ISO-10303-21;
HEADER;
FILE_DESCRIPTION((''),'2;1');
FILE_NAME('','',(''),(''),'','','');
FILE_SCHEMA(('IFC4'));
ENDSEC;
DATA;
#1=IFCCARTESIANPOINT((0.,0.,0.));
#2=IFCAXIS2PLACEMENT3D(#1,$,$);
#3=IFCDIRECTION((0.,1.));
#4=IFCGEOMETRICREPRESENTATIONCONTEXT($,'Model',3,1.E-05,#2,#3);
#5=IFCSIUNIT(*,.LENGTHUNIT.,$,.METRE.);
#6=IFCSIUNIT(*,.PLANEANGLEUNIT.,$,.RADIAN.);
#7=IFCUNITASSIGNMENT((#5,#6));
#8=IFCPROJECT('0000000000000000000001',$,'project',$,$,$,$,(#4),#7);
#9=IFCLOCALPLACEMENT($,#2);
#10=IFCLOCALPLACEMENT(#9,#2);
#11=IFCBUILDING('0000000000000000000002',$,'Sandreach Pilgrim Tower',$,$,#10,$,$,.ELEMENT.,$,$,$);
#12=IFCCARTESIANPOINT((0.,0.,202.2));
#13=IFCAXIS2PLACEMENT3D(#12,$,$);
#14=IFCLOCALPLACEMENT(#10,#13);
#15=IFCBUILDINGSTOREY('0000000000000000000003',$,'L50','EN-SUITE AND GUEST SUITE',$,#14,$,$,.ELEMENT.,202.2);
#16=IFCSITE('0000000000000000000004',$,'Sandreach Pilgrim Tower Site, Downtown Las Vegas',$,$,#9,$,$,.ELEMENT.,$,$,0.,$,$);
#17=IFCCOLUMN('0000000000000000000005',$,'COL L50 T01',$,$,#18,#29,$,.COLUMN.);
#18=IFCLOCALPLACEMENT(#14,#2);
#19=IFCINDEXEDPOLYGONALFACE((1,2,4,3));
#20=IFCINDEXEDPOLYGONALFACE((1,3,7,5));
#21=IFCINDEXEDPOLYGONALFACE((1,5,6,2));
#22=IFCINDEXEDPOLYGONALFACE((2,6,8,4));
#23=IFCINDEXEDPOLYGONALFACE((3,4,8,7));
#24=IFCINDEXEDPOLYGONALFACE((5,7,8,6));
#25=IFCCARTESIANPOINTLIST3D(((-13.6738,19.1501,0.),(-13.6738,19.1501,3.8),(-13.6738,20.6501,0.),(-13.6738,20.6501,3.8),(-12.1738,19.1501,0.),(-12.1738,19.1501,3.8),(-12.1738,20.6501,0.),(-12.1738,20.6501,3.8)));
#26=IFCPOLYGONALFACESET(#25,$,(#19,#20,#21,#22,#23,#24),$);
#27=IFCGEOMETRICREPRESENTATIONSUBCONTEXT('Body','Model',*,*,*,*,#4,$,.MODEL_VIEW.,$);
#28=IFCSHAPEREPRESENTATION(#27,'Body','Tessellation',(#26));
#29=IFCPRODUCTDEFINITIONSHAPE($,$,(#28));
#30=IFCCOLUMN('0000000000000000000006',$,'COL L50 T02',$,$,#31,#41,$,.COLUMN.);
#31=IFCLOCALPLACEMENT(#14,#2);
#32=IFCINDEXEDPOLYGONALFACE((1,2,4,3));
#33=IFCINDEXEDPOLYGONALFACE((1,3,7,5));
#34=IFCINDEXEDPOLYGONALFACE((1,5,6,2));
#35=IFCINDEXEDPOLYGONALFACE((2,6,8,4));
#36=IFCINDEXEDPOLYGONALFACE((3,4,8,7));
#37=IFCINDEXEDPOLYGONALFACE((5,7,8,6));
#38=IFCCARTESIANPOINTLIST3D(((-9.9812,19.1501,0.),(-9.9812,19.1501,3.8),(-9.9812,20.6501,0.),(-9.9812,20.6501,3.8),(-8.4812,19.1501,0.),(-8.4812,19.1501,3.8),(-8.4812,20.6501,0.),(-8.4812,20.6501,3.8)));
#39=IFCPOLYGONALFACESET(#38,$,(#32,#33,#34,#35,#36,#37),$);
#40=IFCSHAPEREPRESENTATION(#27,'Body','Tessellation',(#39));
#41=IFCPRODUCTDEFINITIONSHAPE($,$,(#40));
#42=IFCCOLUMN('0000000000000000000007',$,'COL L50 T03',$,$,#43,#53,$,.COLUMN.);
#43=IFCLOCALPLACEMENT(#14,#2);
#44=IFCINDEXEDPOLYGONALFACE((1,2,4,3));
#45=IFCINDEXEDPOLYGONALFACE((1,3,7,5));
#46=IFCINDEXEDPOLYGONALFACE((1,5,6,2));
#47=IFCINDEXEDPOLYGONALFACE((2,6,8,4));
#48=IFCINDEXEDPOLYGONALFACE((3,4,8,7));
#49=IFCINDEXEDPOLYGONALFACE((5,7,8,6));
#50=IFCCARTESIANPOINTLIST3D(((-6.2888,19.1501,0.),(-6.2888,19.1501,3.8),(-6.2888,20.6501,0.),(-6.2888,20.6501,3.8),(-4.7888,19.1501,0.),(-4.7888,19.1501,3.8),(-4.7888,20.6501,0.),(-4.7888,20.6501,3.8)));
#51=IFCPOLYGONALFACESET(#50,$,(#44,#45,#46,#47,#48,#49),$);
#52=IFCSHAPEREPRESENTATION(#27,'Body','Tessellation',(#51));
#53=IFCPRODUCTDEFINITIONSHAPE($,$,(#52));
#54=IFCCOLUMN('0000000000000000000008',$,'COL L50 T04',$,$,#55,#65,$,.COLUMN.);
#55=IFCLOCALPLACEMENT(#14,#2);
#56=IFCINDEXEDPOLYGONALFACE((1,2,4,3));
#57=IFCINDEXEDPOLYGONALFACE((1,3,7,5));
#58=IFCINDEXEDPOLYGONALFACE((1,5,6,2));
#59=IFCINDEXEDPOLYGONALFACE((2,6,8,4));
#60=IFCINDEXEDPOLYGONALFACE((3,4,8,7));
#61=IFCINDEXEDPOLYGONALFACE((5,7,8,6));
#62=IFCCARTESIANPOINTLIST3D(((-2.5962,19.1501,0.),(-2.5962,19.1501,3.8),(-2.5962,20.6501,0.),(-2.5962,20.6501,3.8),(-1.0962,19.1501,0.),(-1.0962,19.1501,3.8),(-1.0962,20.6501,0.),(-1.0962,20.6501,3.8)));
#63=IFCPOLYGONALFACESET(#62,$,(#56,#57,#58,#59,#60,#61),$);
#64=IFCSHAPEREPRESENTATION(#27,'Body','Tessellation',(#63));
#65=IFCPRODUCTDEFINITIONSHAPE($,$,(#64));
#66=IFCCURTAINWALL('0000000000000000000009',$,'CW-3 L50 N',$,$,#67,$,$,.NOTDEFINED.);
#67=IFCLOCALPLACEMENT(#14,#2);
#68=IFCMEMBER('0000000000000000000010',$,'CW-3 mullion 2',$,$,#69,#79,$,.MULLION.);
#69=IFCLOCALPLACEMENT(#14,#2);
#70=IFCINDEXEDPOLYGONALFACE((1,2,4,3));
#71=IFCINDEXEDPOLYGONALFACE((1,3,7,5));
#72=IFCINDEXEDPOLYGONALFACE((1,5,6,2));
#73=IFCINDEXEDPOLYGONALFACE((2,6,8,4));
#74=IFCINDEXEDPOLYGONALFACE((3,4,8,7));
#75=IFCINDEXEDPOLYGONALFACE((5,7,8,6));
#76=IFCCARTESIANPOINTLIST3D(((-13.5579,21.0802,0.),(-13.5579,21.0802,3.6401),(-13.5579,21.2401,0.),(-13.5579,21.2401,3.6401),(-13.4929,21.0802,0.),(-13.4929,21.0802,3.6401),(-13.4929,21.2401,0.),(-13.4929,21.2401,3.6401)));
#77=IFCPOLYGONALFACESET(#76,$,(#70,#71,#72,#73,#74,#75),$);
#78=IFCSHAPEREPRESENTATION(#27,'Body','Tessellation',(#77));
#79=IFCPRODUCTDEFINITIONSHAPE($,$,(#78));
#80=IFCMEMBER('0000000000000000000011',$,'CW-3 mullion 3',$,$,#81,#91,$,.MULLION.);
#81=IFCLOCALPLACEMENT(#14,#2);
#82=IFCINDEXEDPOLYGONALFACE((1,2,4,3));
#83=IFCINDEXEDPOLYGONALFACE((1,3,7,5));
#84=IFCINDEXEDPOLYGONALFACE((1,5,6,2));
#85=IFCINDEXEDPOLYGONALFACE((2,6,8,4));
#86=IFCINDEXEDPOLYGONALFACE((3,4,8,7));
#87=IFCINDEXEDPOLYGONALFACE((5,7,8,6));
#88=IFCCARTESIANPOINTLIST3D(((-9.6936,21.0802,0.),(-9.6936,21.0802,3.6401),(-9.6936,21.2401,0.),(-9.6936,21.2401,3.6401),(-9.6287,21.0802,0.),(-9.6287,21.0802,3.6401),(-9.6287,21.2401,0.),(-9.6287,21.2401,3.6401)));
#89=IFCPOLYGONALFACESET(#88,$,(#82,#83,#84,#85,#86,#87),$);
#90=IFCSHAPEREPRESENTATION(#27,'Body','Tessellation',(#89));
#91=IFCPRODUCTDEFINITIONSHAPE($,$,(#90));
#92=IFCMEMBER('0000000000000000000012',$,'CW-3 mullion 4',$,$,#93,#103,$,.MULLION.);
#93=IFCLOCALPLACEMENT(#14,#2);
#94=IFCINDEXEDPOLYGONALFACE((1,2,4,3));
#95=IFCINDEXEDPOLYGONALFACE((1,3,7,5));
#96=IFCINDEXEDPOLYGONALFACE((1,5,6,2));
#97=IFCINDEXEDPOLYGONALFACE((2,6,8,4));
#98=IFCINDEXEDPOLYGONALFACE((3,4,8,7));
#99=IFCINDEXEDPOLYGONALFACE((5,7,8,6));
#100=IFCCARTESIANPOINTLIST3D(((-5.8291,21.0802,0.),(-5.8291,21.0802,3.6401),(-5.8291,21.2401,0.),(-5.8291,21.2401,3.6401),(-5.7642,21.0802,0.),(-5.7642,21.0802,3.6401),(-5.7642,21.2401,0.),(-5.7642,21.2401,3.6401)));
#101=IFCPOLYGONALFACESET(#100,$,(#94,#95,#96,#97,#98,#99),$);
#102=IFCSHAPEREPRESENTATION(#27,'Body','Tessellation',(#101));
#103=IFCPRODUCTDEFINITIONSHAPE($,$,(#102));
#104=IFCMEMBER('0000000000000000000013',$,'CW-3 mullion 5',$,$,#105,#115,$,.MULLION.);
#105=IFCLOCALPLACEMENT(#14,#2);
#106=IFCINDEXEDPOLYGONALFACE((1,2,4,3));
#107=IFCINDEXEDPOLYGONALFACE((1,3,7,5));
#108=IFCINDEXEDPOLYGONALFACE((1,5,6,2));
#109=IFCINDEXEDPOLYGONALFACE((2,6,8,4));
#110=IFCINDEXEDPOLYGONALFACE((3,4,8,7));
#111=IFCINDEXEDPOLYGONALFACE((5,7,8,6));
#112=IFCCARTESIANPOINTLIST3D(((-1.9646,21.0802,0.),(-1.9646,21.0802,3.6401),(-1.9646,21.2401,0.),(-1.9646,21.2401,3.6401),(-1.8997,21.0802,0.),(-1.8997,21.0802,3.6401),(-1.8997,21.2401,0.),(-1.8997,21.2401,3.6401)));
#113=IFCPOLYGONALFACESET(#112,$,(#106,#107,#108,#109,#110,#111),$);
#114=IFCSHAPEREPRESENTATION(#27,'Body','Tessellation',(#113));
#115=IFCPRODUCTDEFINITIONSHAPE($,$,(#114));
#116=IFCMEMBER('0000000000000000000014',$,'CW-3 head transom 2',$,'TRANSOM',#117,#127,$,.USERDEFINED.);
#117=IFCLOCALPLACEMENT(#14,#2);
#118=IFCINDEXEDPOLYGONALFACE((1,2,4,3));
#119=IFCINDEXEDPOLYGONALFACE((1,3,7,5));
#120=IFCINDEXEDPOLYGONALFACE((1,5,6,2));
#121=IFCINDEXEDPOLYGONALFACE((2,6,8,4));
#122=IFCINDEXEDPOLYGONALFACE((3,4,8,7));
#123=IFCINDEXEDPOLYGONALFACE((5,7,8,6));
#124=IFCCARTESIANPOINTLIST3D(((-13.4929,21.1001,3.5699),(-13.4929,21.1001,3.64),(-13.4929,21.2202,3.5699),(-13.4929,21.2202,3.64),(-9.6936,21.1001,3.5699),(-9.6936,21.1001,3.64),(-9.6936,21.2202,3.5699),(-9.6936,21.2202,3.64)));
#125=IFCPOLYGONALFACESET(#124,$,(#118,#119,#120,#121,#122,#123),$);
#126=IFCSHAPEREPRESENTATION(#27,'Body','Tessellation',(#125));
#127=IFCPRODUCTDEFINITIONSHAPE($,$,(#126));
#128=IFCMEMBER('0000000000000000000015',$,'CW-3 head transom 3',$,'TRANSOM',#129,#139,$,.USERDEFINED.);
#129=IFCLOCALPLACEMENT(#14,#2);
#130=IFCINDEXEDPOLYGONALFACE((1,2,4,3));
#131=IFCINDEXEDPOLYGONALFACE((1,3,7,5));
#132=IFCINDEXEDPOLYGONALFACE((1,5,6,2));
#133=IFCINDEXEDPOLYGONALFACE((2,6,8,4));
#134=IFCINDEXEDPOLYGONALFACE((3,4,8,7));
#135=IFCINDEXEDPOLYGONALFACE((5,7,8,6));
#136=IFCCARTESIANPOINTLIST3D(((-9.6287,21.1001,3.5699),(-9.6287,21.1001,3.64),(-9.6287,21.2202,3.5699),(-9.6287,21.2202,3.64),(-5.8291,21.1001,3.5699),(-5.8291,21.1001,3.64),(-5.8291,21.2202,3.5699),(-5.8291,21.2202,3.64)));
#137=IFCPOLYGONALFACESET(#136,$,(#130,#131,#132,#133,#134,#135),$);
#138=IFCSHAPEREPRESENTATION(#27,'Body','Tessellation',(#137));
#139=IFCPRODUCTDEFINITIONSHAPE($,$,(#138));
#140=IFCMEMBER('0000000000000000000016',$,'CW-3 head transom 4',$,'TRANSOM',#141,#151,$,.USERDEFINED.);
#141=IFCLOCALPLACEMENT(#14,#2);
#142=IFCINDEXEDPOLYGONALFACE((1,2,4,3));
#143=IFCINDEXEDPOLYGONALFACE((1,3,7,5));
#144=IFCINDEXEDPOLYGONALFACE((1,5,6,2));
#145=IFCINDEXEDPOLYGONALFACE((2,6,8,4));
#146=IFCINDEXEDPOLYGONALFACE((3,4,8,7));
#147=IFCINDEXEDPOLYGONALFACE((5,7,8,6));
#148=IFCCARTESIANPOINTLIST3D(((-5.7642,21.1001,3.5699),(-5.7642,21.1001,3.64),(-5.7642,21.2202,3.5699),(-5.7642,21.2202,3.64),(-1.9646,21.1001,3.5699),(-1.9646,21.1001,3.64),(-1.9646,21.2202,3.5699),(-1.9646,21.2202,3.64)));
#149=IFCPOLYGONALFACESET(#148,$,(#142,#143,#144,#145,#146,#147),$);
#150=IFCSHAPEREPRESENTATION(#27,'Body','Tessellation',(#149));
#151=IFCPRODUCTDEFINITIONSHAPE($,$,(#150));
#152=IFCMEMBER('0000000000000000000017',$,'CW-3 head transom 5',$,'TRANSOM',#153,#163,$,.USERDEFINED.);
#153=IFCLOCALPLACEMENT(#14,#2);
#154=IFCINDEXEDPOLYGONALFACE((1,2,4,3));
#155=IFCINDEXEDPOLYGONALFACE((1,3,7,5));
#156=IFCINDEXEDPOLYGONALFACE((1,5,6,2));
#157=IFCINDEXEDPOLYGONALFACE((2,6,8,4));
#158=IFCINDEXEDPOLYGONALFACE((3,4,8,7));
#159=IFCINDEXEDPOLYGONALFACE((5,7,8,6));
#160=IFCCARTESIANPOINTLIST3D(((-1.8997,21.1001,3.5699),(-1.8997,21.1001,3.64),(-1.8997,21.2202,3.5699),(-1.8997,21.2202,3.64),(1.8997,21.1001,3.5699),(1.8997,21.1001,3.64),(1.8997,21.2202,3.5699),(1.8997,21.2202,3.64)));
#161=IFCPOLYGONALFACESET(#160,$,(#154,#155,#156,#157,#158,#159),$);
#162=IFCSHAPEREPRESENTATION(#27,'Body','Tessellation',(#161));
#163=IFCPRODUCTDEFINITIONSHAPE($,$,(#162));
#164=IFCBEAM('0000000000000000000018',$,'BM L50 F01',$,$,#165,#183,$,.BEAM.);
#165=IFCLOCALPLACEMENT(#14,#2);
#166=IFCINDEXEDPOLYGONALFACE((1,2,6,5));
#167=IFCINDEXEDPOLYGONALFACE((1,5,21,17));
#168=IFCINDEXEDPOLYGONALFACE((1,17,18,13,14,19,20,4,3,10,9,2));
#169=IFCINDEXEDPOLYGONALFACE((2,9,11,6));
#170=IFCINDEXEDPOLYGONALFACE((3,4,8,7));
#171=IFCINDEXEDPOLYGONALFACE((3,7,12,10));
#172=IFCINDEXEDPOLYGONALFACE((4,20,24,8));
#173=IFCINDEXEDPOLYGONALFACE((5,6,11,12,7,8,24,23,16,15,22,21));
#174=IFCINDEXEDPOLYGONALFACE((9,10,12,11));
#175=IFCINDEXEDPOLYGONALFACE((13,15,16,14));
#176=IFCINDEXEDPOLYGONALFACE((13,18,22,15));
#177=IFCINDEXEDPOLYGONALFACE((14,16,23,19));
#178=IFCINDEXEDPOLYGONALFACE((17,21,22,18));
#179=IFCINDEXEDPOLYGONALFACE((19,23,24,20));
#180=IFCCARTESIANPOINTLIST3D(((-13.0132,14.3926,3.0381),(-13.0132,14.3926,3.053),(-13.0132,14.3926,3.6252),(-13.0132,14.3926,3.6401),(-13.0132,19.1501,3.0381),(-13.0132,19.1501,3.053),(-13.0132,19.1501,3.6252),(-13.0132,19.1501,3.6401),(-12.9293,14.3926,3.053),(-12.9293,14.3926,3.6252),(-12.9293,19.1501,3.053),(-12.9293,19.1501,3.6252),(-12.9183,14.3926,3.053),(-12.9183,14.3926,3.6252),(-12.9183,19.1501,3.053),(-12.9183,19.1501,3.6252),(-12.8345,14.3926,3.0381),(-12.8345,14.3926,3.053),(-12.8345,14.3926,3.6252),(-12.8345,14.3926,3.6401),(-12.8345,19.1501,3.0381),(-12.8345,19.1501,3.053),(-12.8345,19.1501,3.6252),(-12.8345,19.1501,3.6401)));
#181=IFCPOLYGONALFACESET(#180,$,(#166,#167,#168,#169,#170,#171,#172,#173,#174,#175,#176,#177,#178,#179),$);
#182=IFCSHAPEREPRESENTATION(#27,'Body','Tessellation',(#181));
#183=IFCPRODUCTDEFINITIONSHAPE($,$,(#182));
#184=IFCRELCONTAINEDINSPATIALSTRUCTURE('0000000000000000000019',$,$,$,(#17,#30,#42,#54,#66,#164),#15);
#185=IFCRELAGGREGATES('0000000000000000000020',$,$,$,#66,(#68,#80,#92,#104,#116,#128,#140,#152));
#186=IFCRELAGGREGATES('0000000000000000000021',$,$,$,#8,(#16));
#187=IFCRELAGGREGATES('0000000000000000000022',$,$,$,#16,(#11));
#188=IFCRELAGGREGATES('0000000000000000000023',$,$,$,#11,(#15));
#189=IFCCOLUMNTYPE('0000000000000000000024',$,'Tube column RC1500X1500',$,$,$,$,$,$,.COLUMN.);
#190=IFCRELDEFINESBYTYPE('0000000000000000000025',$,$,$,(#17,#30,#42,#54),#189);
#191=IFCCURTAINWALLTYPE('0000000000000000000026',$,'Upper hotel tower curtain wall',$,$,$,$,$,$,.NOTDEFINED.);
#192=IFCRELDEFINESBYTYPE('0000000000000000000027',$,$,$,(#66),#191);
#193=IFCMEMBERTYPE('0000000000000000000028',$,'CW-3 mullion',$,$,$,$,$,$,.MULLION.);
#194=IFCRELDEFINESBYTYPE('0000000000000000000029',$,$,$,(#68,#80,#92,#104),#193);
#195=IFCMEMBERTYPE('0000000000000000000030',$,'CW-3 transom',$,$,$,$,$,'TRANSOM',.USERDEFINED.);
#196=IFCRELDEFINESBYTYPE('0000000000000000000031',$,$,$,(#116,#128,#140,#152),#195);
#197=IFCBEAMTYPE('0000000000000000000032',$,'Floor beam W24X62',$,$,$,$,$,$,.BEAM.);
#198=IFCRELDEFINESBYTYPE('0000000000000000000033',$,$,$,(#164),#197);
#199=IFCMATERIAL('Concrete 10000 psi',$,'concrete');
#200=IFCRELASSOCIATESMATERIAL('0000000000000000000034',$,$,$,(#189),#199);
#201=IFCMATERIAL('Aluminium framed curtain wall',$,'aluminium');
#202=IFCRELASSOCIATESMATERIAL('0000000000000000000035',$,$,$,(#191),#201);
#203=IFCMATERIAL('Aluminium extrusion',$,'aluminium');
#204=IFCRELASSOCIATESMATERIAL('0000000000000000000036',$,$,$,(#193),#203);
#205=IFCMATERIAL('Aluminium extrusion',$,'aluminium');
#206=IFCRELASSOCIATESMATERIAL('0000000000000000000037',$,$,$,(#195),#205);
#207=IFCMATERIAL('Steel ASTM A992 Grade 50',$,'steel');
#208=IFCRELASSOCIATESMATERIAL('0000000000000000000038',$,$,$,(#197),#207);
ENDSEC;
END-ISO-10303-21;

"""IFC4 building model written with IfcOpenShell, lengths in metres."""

from ifc_helpers import new_model, si_unit, direction, frame, origin, origin_2d, place, context, subcontext, project, spatial, rectangle, i_section, extrude, material, material_profile, profile_set, type_object, element, aggregate, save


model = new_model("IFC4")

# Units and contexts
model_context = context("Model", 3, precision=1e-05, world=origin(), true_north=direction((0.0, 1.0)))
body_context = subcontext(model_context, "Body", "Model", "MODEL_VIEW")
ifc_project = project(units=[si_unit("LENGTHUNIT", "METRE"), si_unit("PLANEANGLEUNIT", "RADIAN")], contexts=[model_context])

# Site, building, storey
site_placement = place(None, origin())
site = spatial("IfcSite", under=ifc_project, at=site_placement, Name="Sandreach Pilgrim Tower Site, Downtown Las Vegas", CompositionType="ELEMENT", RefElevation=0.0)
building_placement = place(site_placement, origin())
building = spatial("IfcBuilding", under=site, at=building_placement, Name="Sandreach Pilgrim Tower", CompositionType="ELEMENT")
storey_placement = place(building_placement, frame((0.0, 0.0, 202.2)))
storey = spatial("IfcBuildingStorey", under=building, at=storey_placement, Name="L50", Description="EN-SUITE AND GUEST SUITE", CompositionType="ELEMENT", Elevation=202.2)

# Columns
ifc_material_1 = material(Name="Concrete 10000 psi", Category="concrete")
ifc_material_profile_1 = material_profile(ifc_material_1, rectangle(XDim=1.5, YDim=1.5, at=origin_2d()), Name="RC1500X1500")
ifc_profile_set_1 = profile_set([ifc_material_profile_1], Name="Concrete 10000 psi")
column_type = type_object("IfcColumnType", Name="Tube column RC1500X1500", PredefinedType="COLUMN", material=ifc_profile_set_1)
for number, where, z_axis, x_axis, name in (
    (1, (-12.9238, 19.9001, 0.0), (0.0, 0.0, 1.0), (0.0, 1.0, 0.0), "COL L50 T01"),
    (2, (-9.2312, 19.9001, 0.0), (0.0, 0.0, 1.0), (0.0, 1.0, 0.0), "COL L50 T02"),
    (3, (-5.5388, 19.9001, 0.0), (0.0, 0.0, 1.0), (0.0, 1.0, 0.0), "COL L50 T03"),
    (4, (-1.8462, 19.9001, 0.0), (0.0, 0.0, 1.0), (0.0, 1.0, 0.0), "COL L50 T04"),
):
    element("IfcColumn", number, at=place(storey_placement, frame(where, z_axis=z_axis, x_axis=x_axis)), inside=storey, type_object=column_type, Name=name, PredefinedType="COLUMN", context=body_context, shape_type="SweptSolid", body=[
        extrude(rectangle(XDim=1.5, YDim=1.5, at=origin_2d()), origin(), (0.0, 0.0, 1.0), 3.8),
    ])

# Curtain wall, members
ifc_material_2 = material(Name="Aluminium framed curtain wall", Category="aluminium")
curtain_wall_type = type_object("IfcCurtainWallType", Name="Upper hotel tower curtain wall", PredefinedType="NOTDEFINED", material=ifc_material_2)
curtain_wall_placement = place(storey_placement, origin())
curtain_wall = element("IfcCurtainWall", 5, at=curtain_wall_placement, inside=storey, type_object=curtain_wall_type, Name="CW-3 L50 N", PredefinedType="NOTDEFINED")
ifc_material_3 = material(Name="Aluminium extrusion", Category="aluminium")
ifc_material_profile_2 = material_profile(ifc_material_3, rectangle(XDim=0.0649, YDim=0.1599, at=origin_2d()), Name="CW-3M 65X160")
ifc_profile_set_2 = profile_set([ifc_material_profile_2], Name="Aluminium extrusion")
member_type_1 = type_object("IfcMemberType", Name="CW-3 mullion", PredefinedType="MULLION", material=ifc_profile_set_2)
member_1_placement = place(storey_placement, frame((-13.5254, 21.1602, 0.0), z_axis=(0.0, 0.0, 1.0), x_axis=(1.0, 0.0, 0.0)))
member_1 = element("IfcMember", 6, at=member_1_placement, type_object=member_type_1, Name="CW-3 mullion 2", PredefinedType="MULLION", context=body_context, shape_type="SweptSolid", body=[
    extrude(rectangle(XDim=0.0649, YDim=0.1599, at=origin_2d()), origin(), (0.0, 0.0, 1.0), 3.6401),
])
member_2_placement = place(storey_placement, frame((-9.6611, 21.1602, 0.0), z_axis=(0.0, 0.0, 1.0), x_axis=(1.0, 0.0, 0.0)))
member_2 = element("IfcMember", 7, at=member_2_placement, type_object=member_type_1, Name="CW-3 mullion 3", PredefinedType="MULLION", context=body_context, shape_type="SweptSolid", body=[
    extrude(rectangle(XDim=0.0649, YDim=0.1599, at=origin_2d()), origin(), (0.0, 0.0, 1.0), 3.6401),
])
member_3_placement = place(storey_placement, frame((-5.7966, 21.1602, 0.0), z_axis=(0.0, 0.0, 1.0), x_axis=(1.0, 0.0, 0.0)))
member_3 = element("IfcMember", 8, at=member_3_placement, type_object=member_type_1, Name="CW-3 mullion 4", PredefinedType="MULLION", context=body_context, shape_type="SweptSolid", body=[
    extrude(rectangle(XDim=0.0649, YDim=0.1599, at=origin_2d()), origin(), (0.0, 0.0, 1.0), 3.6401),
])
member_4_placement = place(storey_placement, frame((-1.9321, 21.1602, 0.0), z_axis=(0.0, 0.0, 1.0), x_axis=(1.0, 0.0, 0.0)))
member_4 = element("IfcMember", 9, at=member_4_placement, type_object=member_type_1, Name="CW-3 mullion 5", PredefinedType="MULLION", context=body_context, shape_type="SweptSolid", body=[
    extrude(rectangle(XDim=0.0649, YDim=0.1599, at=origin_2d()), origin(), (0.0, 0.0, 1.0), 3.6401),
])
ifc_material_4 = material(Name="Aluminium extrusion", Category="aluminium")
ifc_material_profile_3 = material_profile(ifc_material_4, rectangle(XDim=0.1201, YDim=0.0701, at=origin_2d()), Name="CW-3T 120X70")
ifc_profile_set_3 = profile_set([ifc_material_profile_3], Name="Aluminium extrusion")
member_type_2 = type_object("IfcMemberType", Name="CW-3 transom", ElementType="TRANSOM", PredefinedType="USERDEFINED", material=ifc_profile_set_3)
member_5_placement = place(storey_placement, frame((-13.4929, 21.1602, 3.605), z_axis=(1.0, 0.0, 0.0), x_axis=(0.0, 1.0, 0.0)))
member_5 = element("IfcMember", 10, at=member_5_placement, type_object=member_type_2, Name="CW-3 head transom 2", ObjectType="TRANSOM", PredefinedType="USERDEFINED", context=body_context, shape_type="SweptSolid", body=[
    extrude(rectangle(XDim=0.1201, YDim=0.0701, at=origin_2d()), origin(), (0.0, 0.0, 1.0), 3.7993),
])
member_6_placement = place(storey_placement, frame((-9.6287, 21.1602, 3.605), z_axis=(1.0, 0.0, 0.0), x_axis=(0.0, 1.0, 0.0)))
member_6 = element("IfcMember", 11, at=member_6_placement, type_object=member_type_2, Name="CW-3 head transom 3", ObjectType="TRANSOM", PredefinedType="USERDEFINED", context=body_context, shape_type="SweptSolid", body=[
    extrude(rectangle(XDim=0.1201, YDim=0.0701, at=origin_2d()), origin(), (0.0, 0.0, 1.0), 3.7996),
])
member_7_placement = place(storey_placement, frame((-5.7642, 21.1602, 3.605), z_axis=(1.0, 0.0, 0.0), x_axis=(0.0, 1.0, 0.0)))
member_7 = element("IfcMember", 12, at=member_7_placement, type_object=member_type_2, Name="CW-3 head transom 4", ObjectType="TRANSOM", PredefinedType="USERDEFINED", context=body_context, shape_type="SweptSolid", body=[
    extrude(rectangle(XDim=0.1201, YDim=0.0701, at=origin_2d()), origin(), (0.0, 0.0, 1.0), 3.7996),
])
member_8_placement = place(storey_placement, frame((-1.8997, 21.1602, 3.605), z_axis=(1.0, 0.0, 0.0), x_axis=(0.0, 1.0, 0.0)))
member_8 = element("IfcMember", 13, at=member_8_placement, type_object=member_type_2, Name="CW-3 head transom 5", ObjectType="TRANSOM", PredefinedType="USERDEFINED", context=body_context, shape_type="SweptSolid", body=[
    extrude(rectangle(XDim=0.1201, YDim=0.0701, at=origin_2d()), origin(), (0.0, 0.0, 1.0), 3.7993),
])

# Beam
ifc_material_5 = material(Name="Steel ASTM A992 Grade 50", Category="steel")
ifc_material_profile_4 = material_profile(ifc_material_5, i_section(OverallWidth=0.1787, OverallDepth=0.6021, WebThickness=0.011, FlangeThickness=0.0149, at=origin_2d()), Name="W24X62")
ifc_profile_set_4 = profile_set([ifc_material_profile_4], Name="Steel ASTM A992 Grade 50")
beam_type_1 = type_object("IfcBeamType", Name="Floor beam W24X62", PredefinedType="BEAM", material=ifc_profile_set_4)
beam_1_placement = place(storey_placement, frame((-12.9238, 19.1501, 3.3391), z_axis=(0.0, -1.0, 0.0), x_axis=(1.0, 0.0, 0.0)))
element("IfcBeam", 14, at=beam_1_placement, inside=storey, type_object=beam_type_1, Name="BM L50 F01", PredefinedType="BEAM", context=body_context, shape_type="SweptSolid", body=[
    extrude(i_section(OverallWidth=0.1787, OverallDepth=0.6021, WebThickness=0.011, FlangeThickness=0.0149, at=origin_2d()), origin(), (0.0, 0.0, 1.0), 4.7576),
])

aggregate(curtain_wall, [member_1, member_2, member_3, member_4, member_5, member_6, member_7, member_8])

save(model, "model.ifc")
